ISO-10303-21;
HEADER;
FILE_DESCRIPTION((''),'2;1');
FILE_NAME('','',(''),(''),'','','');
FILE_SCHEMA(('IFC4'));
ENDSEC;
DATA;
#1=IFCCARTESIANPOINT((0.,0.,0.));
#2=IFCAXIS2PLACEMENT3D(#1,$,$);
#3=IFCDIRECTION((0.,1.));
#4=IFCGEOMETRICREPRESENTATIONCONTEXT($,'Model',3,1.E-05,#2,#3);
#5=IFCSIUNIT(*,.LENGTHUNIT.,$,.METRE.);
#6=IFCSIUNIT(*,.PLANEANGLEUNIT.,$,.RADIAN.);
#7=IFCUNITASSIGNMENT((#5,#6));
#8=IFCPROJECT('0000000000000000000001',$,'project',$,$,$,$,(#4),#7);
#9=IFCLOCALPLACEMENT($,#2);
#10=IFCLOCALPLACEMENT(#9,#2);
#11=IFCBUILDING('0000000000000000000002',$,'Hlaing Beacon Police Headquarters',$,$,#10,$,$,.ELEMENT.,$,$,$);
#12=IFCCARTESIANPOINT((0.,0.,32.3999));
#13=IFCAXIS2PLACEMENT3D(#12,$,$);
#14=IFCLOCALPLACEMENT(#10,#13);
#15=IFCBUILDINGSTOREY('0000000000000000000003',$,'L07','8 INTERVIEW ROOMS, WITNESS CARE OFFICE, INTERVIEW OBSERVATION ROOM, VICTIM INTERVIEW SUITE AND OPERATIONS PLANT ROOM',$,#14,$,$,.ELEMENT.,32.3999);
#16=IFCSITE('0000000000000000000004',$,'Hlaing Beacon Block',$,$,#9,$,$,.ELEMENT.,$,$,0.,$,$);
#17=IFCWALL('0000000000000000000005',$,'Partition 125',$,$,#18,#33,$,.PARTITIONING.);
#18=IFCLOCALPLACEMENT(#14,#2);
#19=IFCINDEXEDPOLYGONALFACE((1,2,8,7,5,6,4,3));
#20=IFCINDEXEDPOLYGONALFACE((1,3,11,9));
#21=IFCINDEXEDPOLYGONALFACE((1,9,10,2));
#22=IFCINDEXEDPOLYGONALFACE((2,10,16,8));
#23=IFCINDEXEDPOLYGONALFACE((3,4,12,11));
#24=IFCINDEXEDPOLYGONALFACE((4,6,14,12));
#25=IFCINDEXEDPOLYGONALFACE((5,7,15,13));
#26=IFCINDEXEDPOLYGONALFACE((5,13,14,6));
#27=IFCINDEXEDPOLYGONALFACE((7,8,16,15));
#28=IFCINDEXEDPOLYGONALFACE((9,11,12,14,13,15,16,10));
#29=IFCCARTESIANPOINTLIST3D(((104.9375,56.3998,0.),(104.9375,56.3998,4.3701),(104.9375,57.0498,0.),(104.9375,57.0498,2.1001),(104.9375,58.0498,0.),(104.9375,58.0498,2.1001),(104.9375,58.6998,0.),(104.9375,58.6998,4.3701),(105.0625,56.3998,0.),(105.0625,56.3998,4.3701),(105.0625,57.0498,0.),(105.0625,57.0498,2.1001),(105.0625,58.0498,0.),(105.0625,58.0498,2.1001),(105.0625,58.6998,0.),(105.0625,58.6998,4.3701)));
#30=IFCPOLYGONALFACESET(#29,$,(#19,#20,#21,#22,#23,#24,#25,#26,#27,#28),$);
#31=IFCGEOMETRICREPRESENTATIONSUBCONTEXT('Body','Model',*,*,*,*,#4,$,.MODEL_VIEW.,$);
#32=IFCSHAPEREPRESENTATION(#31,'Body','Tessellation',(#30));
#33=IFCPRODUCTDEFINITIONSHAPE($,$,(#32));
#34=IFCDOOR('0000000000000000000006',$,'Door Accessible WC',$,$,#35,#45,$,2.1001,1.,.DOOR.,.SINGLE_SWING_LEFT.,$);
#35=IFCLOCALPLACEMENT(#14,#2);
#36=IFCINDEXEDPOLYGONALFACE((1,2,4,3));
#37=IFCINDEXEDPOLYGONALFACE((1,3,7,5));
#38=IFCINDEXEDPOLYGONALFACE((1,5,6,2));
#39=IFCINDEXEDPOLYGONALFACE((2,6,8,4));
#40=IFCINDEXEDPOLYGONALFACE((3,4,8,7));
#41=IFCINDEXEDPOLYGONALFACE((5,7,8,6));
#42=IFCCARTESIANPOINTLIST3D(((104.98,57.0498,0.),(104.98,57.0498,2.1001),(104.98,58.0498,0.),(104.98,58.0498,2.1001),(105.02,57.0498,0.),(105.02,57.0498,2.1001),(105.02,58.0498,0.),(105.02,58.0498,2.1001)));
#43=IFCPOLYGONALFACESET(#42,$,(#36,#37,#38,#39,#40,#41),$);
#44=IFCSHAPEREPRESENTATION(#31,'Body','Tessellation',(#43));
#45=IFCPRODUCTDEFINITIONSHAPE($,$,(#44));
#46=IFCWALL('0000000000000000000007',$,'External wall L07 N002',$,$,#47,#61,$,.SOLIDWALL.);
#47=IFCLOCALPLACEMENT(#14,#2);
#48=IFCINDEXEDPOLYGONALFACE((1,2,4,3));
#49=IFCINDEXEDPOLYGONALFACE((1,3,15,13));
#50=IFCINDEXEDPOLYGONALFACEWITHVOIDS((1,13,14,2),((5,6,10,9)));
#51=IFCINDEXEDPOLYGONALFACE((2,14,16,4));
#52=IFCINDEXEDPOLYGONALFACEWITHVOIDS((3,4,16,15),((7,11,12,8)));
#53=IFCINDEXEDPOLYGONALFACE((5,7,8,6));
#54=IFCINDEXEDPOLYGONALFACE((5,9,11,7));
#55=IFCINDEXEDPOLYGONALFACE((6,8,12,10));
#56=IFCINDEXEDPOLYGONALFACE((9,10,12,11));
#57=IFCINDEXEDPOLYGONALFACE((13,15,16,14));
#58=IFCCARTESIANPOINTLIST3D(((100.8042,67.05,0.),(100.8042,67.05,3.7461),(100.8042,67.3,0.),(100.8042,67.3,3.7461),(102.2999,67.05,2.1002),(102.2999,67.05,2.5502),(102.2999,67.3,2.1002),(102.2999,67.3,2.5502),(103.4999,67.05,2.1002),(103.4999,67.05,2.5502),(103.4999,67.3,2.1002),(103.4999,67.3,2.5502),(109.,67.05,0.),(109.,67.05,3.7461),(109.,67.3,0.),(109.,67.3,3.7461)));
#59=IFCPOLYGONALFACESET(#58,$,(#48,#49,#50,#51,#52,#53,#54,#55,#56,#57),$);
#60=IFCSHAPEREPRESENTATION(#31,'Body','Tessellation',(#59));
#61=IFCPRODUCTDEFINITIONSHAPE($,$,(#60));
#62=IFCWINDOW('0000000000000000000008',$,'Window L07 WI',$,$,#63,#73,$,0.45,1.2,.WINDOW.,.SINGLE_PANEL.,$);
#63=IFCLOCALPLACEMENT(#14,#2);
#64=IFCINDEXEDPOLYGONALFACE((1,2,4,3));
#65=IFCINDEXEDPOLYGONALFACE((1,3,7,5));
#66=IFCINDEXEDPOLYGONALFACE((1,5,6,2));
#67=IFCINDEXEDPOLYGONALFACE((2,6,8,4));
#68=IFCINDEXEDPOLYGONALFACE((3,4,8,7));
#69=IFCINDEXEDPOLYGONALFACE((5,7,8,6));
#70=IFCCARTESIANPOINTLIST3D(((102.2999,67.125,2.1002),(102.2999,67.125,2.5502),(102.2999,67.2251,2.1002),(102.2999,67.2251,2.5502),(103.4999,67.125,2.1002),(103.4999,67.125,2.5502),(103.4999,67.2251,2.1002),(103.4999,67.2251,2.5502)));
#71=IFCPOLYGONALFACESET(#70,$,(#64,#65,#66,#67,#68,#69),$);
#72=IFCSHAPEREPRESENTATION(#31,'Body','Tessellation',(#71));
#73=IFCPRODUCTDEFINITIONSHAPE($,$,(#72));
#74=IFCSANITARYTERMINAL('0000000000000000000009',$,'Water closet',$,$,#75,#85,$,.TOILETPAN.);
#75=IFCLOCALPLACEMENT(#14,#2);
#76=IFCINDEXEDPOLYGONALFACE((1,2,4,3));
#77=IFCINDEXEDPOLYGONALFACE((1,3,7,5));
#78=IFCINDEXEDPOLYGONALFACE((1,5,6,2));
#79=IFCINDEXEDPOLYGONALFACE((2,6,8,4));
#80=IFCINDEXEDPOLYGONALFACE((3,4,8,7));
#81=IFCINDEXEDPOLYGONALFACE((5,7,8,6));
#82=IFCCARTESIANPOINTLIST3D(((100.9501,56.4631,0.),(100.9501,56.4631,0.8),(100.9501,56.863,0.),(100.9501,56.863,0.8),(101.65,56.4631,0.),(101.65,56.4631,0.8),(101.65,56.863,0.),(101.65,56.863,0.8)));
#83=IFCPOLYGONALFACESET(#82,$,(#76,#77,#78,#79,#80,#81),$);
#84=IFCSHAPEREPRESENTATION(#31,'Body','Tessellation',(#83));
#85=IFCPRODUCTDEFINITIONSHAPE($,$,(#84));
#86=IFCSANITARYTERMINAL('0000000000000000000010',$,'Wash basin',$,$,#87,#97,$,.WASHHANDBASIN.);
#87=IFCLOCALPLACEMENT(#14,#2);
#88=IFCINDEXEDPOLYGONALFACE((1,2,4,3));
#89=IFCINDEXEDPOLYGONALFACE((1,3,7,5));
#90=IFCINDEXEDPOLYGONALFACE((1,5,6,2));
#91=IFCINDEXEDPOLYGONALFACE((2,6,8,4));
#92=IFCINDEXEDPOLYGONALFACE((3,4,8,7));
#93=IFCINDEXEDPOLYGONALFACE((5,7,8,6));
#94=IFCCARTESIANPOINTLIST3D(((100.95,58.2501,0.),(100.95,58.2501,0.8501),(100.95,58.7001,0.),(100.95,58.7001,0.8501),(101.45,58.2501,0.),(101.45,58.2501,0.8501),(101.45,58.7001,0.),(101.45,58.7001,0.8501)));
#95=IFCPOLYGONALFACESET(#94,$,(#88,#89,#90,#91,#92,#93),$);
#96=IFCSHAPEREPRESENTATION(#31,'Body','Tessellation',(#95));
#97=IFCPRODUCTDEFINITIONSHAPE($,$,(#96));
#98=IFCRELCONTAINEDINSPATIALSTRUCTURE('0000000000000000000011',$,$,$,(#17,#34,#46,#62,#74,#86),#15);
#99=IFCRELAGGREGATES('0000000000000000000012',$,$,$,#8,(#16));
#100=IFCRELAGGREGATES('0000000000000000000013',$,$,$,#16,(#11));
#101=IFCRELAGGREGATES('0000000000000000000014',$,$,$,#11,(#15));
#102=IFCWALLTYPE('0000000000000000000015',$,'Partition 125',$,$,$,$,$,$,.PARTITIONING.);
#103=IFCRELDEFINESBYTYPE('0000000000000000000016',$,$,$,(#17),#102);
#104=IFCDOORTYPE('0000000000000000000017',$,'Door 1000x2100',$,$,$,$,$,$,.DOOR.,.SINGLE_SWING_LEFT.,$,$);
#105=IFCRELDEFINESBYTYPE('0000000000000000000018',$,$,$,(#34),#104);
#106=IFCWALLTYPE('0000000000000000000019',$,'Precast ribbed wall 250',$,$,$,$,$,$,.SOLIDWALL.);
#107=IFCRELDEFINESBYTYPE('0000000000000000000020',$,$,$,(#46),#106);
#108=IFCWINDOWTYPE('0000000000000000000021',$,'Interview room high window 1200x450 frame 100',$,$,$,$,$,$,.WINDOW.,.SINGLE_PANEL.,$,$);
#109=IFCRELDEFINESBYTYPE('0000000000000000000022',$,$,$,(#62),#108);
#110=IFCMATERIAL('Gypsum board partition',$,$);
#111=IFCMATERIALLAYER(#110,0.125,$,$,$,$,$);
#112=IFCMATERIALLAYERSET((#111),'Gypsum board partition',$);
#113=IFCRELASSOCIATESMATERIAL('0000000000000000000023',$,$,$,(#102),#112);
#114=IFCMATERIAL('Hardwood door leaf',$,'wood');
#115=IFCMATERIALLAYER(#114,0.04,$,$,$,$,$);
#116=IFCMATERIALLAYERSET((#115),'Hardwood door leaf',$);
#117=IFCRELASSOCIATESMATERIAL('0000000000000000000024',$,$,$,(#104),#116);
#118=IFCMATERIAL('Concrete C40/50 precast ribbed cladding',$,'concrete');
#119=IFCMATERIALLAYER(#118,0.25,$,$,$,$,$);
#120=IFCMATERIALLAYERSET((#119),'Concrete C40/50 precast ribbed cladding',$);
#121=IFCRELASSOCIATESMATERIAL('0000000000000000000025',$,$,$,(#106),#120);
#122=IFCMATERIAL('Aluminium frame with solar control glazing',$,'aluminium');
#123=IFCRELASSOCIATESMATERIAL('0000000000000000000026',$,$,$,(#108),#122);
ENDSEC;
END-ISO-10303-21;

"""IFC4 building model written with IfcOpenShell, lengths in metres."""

from ifc_helpers import new_model, si_unit, direction, frame, frame_2d, origin, origin_2d, place, context, subcontext, project, spatial, rectangle, extrude, material, layer, layer_set, type_object, element, fill, save


model = new_model("IFC4")

# Units and contexts
model_context = context("Model", 3, precision=1e-05, world=origin(), true_north=direction((0.0, 1.0)))
body_context = subcontext(model_context, "Body", "Model", "MODEL_VIEW")
ifc_project = project(units=[si_unit("LENGTHUNIT", "METRE"), si_unit("PLANEANGLEUNIT", "RADIAN")], contexts=[model_context])

# Site, building, storey
site_placement = place(None, origin())
site = spatial("IfcSite", under=ifc_project, at=site_placement, Name="Hlaing Beacon Block", CompositionType="ELEMENT", RefElevation=0.0)
building_placement = place(site_placement, origin())
building = spatial("IfcBuilding", under=site, at=building_placement, Name="Hlaing Beacon Police Headquarters", CompositionType="ELEMENT")
storey_placement = place(building_placement, frame((0.0, 0.0, 32.3999)))
storey = spatial("IfcBuildingStorey", under=building, at=storey_placement, Name="L07", Description="8 INTERVIEW ROOMS, WITNESS CARE OFFICE, INTERVIEW OBSERVATION ROOM, VICTIM INTERVIEW SUITE AND OPERATIONS PLANT ROOM", CompositionType="ELEMENT", Elevation=32.3999)

# Wall, opening, door
ifc_material_1 = material(Name="Gypsum board partition")
ifc_layer_1 = layer(ifc_material_1, 0.125)
ifc_layer_set_1 = layer_set([ifc_layer_1], Name="Gypsum board partition")
wall_type_1 = type_object("IfcWallType", Name="Partition 125", PredefinedType="PARTITIONING", material=ifc_layer_set_1)
wall_1_placement = place(storey_placement, frame((105.0, 56.3999, 0.0), z_axis=(0.0, 0.0, 1.0), x_axis=(0.0, 1.0, 0.0)))
wall_1 = element("IfcWall", 1, at=wall_1_placement, inside=storey, type_object=wall_type_1, Name="Partition 125", PredefinedType="PARTITIONING", context=body_context, shape_type="SweptSolid", body=[
    extrude(rectangle(XDim=2.3, YDim=0.125, at=frame_2d((1.1499, 0.0))), origin(), (0.0, 0.0, 1.0), 4.3701),
])
opening_1_placement = place(wall_1_placement, frame((0.6499, 0.0, 0.0)))
opening_1 = element("IfcOpeningElement", 2, at=opening_1_placement, cuts=wall_1, PredefinedType="OPENING", context=body_context, shape_type="SweptSolid", body=[
    extrude(rectangle(XDim=1.0, YDim=2.1001, at=frame_2d((0.5, 1.05))), frame((0.0, 0.0725, 0.0), z_axis=(0.0, -1.0, 0.0), x_axis=(1.0, 0.0, 0.0)), (0.0, 0.0, 1.0), 0.145),
])
ifc_material_2 = material(Name="Hardwood door leaf", Category="wood")
ifc_layer_2 = layer(ifc_material_2, 0.04)
ifc_layer_set_2 = layer_set([ifc_layer_2], Name="Hardwood door leaf")
door_type_1 = type_object("IfcDoorType", Name="Door 1000x2100", OperationType="SINGLE_SWING_LEFT", PredefinedType="DOOR", material=ifc_layer_set_2)
door_1_placement = place(opening_1_placement, origin())
door_1 = element("IfcDoor", 3, at=door_1_placement, inside=storey, type_object=door_type_1, Name="Door Accessible WC", OperationType="SINGLE_SWING_LEFT", OverallHeight=2.1001, OverallWidth=1.0, PredefinedType="DOOR", context=body_context, shape_type="SweptSolid", body=[
    extrude(rectangle(XDim=1.0, YDim=2.1001, at=frame_2d((0.5, 1.05))), frame((0.0, 0.02, 0.0), z_axis=(0.0, -1.0, 0.0), x_axis=(1.0, 0.0, 0.0)), (0.0, 0.0, 1.0), 0.04),
])
fill(opening_1, door_1)

# Wall, opening, window
ifc_material_3 = material(Name="Concrete C40/50 precast ribbed cladding", Category="concrete")
ifc_layer_3 = layer(ifc_material_3, 0.25)
ifc_layer_set_3 = layer_set([ifc_layer_3], Name="Concrete C40/50 precast ribbed cladding")
wall_type_2 = type_object("IfcWallType", Name="Precast ribbed wall 250", PredefinedType="SOLIDWALL", material=ifc_layer_set_3)
wall_2_placement = place(storey_placement, frame((109.0, 67.175, 0.0), z_axis=(0.0, 0.0, 1.0), x_axis=(-1.0, 0.0, 0.0)))
wall_2 = element("IfcWall", 4, at=wall_2_placement, inside=storey, type_object=wall_type_2, Name="External wall L07 N002", PredefinedType="SOLIDWALL", context=body_context, shape_type="SweptSolid", body=[
    extrude(rectangle(XDim=8.1958, YDim=0.25, at=frame_2d((4.0979, 0.0))), origin(), (0.0, 0.0, 1.0), 3.7461),
])
opening_2_placement = place(wall_2_placement, frame((5.5, 0.0, 2.1001)))
opening_2 = element("IfcOpeningElement", 5, at=opening_2_placement, cuts=wall_2, PredefinedType="OPENING", context=body_context, shape_type="SweptSolid", body=[
    extrude(rectangle(XDim=1.2, YDim=0.45, at=frame_2d((0.6001, 0.2251))), frame((0.0, 0.135, 0.0), z_axis=(0.0, -1.0, 0.0), x_axis=(1.0, 0.0, 0.0)), (0.0, 0.0, 1.0), 0.27),
])
ifc_material_4 = material(Name="Aluminium frame with solar control glazing", Category="aluminium")
window_type = type_object("IfcWindowType", Name="Interview room high window 1200x450 frame 100", PartitioningType="SINGLE_PANEL", PredefinedType="WINDOW", material=ifc_material_4)
window_placement = place(opening_2_placement, origin())
window = element("IfcWindow", 6, at=window_placement, inside=storey, type_object=window_type, Name="Window L07 WI", OverallHeight=0.45, OverallWidth=1.2, PartitioningType="SINGLE_PANEL", PredefinedType="WINDOW", context=body_context, shape_type="SweptSolid", body=[
    extrude(rectangle(XDim=1.2, YDim=0.45, at=frame_2d((0.6001, 0.2251))), frame((0.0, 0.05, 0.0), z_axis=(0.0, -1.0, 0.0), x_axis=(1.0, 0.0, 0.0)), (0.0, 0.0, 1.0), 0.1001),
])
fill(opening_2, window)

# Sanitary terminals
sanitary_terminal_1_placement = place(storey_placement, frame((101.3, 56.6631, 0.0), z_axis=(0.0, 0.0, 1.0), x_axis=(1.0, 0.0, 0.0)))
element("IfcSanitaryTerminal", 7, at=sanitary_terminal_1_placement, inside=storey, Name="Water closet", PredefinedType="TOILETPAN", context=body_context, shape_type="SweptSolid", body=[
    extrude(rectangle(XDim=0.7, YDim=0.3999, at=origin_2d()), origin(), (0.0, 0.0, 1.0), 0.8),
])
sanitary_terminal_2_placement = place(storey_placement, frame((101.2, 58.4751, 0.0), z_axis=(0.0, 0.0, 1.0), x_axis=(1.0, 0.0, 0.0)))
element("IfcSanitaryTerminal", 8, at=sanitary_terminal_2_placement, inside=storey, Name="Wash basin", PredefinedType="WASHHANDBASIN", context=body_context, shape_type="SweptSolid", body=[
    extrude(rectangle(XDim=0.5, YDim=0.45, at=origin_2d()), origin(), (0.0, 0.0, 1.0), 0.8501),
])

save(model, "model.ifc")
